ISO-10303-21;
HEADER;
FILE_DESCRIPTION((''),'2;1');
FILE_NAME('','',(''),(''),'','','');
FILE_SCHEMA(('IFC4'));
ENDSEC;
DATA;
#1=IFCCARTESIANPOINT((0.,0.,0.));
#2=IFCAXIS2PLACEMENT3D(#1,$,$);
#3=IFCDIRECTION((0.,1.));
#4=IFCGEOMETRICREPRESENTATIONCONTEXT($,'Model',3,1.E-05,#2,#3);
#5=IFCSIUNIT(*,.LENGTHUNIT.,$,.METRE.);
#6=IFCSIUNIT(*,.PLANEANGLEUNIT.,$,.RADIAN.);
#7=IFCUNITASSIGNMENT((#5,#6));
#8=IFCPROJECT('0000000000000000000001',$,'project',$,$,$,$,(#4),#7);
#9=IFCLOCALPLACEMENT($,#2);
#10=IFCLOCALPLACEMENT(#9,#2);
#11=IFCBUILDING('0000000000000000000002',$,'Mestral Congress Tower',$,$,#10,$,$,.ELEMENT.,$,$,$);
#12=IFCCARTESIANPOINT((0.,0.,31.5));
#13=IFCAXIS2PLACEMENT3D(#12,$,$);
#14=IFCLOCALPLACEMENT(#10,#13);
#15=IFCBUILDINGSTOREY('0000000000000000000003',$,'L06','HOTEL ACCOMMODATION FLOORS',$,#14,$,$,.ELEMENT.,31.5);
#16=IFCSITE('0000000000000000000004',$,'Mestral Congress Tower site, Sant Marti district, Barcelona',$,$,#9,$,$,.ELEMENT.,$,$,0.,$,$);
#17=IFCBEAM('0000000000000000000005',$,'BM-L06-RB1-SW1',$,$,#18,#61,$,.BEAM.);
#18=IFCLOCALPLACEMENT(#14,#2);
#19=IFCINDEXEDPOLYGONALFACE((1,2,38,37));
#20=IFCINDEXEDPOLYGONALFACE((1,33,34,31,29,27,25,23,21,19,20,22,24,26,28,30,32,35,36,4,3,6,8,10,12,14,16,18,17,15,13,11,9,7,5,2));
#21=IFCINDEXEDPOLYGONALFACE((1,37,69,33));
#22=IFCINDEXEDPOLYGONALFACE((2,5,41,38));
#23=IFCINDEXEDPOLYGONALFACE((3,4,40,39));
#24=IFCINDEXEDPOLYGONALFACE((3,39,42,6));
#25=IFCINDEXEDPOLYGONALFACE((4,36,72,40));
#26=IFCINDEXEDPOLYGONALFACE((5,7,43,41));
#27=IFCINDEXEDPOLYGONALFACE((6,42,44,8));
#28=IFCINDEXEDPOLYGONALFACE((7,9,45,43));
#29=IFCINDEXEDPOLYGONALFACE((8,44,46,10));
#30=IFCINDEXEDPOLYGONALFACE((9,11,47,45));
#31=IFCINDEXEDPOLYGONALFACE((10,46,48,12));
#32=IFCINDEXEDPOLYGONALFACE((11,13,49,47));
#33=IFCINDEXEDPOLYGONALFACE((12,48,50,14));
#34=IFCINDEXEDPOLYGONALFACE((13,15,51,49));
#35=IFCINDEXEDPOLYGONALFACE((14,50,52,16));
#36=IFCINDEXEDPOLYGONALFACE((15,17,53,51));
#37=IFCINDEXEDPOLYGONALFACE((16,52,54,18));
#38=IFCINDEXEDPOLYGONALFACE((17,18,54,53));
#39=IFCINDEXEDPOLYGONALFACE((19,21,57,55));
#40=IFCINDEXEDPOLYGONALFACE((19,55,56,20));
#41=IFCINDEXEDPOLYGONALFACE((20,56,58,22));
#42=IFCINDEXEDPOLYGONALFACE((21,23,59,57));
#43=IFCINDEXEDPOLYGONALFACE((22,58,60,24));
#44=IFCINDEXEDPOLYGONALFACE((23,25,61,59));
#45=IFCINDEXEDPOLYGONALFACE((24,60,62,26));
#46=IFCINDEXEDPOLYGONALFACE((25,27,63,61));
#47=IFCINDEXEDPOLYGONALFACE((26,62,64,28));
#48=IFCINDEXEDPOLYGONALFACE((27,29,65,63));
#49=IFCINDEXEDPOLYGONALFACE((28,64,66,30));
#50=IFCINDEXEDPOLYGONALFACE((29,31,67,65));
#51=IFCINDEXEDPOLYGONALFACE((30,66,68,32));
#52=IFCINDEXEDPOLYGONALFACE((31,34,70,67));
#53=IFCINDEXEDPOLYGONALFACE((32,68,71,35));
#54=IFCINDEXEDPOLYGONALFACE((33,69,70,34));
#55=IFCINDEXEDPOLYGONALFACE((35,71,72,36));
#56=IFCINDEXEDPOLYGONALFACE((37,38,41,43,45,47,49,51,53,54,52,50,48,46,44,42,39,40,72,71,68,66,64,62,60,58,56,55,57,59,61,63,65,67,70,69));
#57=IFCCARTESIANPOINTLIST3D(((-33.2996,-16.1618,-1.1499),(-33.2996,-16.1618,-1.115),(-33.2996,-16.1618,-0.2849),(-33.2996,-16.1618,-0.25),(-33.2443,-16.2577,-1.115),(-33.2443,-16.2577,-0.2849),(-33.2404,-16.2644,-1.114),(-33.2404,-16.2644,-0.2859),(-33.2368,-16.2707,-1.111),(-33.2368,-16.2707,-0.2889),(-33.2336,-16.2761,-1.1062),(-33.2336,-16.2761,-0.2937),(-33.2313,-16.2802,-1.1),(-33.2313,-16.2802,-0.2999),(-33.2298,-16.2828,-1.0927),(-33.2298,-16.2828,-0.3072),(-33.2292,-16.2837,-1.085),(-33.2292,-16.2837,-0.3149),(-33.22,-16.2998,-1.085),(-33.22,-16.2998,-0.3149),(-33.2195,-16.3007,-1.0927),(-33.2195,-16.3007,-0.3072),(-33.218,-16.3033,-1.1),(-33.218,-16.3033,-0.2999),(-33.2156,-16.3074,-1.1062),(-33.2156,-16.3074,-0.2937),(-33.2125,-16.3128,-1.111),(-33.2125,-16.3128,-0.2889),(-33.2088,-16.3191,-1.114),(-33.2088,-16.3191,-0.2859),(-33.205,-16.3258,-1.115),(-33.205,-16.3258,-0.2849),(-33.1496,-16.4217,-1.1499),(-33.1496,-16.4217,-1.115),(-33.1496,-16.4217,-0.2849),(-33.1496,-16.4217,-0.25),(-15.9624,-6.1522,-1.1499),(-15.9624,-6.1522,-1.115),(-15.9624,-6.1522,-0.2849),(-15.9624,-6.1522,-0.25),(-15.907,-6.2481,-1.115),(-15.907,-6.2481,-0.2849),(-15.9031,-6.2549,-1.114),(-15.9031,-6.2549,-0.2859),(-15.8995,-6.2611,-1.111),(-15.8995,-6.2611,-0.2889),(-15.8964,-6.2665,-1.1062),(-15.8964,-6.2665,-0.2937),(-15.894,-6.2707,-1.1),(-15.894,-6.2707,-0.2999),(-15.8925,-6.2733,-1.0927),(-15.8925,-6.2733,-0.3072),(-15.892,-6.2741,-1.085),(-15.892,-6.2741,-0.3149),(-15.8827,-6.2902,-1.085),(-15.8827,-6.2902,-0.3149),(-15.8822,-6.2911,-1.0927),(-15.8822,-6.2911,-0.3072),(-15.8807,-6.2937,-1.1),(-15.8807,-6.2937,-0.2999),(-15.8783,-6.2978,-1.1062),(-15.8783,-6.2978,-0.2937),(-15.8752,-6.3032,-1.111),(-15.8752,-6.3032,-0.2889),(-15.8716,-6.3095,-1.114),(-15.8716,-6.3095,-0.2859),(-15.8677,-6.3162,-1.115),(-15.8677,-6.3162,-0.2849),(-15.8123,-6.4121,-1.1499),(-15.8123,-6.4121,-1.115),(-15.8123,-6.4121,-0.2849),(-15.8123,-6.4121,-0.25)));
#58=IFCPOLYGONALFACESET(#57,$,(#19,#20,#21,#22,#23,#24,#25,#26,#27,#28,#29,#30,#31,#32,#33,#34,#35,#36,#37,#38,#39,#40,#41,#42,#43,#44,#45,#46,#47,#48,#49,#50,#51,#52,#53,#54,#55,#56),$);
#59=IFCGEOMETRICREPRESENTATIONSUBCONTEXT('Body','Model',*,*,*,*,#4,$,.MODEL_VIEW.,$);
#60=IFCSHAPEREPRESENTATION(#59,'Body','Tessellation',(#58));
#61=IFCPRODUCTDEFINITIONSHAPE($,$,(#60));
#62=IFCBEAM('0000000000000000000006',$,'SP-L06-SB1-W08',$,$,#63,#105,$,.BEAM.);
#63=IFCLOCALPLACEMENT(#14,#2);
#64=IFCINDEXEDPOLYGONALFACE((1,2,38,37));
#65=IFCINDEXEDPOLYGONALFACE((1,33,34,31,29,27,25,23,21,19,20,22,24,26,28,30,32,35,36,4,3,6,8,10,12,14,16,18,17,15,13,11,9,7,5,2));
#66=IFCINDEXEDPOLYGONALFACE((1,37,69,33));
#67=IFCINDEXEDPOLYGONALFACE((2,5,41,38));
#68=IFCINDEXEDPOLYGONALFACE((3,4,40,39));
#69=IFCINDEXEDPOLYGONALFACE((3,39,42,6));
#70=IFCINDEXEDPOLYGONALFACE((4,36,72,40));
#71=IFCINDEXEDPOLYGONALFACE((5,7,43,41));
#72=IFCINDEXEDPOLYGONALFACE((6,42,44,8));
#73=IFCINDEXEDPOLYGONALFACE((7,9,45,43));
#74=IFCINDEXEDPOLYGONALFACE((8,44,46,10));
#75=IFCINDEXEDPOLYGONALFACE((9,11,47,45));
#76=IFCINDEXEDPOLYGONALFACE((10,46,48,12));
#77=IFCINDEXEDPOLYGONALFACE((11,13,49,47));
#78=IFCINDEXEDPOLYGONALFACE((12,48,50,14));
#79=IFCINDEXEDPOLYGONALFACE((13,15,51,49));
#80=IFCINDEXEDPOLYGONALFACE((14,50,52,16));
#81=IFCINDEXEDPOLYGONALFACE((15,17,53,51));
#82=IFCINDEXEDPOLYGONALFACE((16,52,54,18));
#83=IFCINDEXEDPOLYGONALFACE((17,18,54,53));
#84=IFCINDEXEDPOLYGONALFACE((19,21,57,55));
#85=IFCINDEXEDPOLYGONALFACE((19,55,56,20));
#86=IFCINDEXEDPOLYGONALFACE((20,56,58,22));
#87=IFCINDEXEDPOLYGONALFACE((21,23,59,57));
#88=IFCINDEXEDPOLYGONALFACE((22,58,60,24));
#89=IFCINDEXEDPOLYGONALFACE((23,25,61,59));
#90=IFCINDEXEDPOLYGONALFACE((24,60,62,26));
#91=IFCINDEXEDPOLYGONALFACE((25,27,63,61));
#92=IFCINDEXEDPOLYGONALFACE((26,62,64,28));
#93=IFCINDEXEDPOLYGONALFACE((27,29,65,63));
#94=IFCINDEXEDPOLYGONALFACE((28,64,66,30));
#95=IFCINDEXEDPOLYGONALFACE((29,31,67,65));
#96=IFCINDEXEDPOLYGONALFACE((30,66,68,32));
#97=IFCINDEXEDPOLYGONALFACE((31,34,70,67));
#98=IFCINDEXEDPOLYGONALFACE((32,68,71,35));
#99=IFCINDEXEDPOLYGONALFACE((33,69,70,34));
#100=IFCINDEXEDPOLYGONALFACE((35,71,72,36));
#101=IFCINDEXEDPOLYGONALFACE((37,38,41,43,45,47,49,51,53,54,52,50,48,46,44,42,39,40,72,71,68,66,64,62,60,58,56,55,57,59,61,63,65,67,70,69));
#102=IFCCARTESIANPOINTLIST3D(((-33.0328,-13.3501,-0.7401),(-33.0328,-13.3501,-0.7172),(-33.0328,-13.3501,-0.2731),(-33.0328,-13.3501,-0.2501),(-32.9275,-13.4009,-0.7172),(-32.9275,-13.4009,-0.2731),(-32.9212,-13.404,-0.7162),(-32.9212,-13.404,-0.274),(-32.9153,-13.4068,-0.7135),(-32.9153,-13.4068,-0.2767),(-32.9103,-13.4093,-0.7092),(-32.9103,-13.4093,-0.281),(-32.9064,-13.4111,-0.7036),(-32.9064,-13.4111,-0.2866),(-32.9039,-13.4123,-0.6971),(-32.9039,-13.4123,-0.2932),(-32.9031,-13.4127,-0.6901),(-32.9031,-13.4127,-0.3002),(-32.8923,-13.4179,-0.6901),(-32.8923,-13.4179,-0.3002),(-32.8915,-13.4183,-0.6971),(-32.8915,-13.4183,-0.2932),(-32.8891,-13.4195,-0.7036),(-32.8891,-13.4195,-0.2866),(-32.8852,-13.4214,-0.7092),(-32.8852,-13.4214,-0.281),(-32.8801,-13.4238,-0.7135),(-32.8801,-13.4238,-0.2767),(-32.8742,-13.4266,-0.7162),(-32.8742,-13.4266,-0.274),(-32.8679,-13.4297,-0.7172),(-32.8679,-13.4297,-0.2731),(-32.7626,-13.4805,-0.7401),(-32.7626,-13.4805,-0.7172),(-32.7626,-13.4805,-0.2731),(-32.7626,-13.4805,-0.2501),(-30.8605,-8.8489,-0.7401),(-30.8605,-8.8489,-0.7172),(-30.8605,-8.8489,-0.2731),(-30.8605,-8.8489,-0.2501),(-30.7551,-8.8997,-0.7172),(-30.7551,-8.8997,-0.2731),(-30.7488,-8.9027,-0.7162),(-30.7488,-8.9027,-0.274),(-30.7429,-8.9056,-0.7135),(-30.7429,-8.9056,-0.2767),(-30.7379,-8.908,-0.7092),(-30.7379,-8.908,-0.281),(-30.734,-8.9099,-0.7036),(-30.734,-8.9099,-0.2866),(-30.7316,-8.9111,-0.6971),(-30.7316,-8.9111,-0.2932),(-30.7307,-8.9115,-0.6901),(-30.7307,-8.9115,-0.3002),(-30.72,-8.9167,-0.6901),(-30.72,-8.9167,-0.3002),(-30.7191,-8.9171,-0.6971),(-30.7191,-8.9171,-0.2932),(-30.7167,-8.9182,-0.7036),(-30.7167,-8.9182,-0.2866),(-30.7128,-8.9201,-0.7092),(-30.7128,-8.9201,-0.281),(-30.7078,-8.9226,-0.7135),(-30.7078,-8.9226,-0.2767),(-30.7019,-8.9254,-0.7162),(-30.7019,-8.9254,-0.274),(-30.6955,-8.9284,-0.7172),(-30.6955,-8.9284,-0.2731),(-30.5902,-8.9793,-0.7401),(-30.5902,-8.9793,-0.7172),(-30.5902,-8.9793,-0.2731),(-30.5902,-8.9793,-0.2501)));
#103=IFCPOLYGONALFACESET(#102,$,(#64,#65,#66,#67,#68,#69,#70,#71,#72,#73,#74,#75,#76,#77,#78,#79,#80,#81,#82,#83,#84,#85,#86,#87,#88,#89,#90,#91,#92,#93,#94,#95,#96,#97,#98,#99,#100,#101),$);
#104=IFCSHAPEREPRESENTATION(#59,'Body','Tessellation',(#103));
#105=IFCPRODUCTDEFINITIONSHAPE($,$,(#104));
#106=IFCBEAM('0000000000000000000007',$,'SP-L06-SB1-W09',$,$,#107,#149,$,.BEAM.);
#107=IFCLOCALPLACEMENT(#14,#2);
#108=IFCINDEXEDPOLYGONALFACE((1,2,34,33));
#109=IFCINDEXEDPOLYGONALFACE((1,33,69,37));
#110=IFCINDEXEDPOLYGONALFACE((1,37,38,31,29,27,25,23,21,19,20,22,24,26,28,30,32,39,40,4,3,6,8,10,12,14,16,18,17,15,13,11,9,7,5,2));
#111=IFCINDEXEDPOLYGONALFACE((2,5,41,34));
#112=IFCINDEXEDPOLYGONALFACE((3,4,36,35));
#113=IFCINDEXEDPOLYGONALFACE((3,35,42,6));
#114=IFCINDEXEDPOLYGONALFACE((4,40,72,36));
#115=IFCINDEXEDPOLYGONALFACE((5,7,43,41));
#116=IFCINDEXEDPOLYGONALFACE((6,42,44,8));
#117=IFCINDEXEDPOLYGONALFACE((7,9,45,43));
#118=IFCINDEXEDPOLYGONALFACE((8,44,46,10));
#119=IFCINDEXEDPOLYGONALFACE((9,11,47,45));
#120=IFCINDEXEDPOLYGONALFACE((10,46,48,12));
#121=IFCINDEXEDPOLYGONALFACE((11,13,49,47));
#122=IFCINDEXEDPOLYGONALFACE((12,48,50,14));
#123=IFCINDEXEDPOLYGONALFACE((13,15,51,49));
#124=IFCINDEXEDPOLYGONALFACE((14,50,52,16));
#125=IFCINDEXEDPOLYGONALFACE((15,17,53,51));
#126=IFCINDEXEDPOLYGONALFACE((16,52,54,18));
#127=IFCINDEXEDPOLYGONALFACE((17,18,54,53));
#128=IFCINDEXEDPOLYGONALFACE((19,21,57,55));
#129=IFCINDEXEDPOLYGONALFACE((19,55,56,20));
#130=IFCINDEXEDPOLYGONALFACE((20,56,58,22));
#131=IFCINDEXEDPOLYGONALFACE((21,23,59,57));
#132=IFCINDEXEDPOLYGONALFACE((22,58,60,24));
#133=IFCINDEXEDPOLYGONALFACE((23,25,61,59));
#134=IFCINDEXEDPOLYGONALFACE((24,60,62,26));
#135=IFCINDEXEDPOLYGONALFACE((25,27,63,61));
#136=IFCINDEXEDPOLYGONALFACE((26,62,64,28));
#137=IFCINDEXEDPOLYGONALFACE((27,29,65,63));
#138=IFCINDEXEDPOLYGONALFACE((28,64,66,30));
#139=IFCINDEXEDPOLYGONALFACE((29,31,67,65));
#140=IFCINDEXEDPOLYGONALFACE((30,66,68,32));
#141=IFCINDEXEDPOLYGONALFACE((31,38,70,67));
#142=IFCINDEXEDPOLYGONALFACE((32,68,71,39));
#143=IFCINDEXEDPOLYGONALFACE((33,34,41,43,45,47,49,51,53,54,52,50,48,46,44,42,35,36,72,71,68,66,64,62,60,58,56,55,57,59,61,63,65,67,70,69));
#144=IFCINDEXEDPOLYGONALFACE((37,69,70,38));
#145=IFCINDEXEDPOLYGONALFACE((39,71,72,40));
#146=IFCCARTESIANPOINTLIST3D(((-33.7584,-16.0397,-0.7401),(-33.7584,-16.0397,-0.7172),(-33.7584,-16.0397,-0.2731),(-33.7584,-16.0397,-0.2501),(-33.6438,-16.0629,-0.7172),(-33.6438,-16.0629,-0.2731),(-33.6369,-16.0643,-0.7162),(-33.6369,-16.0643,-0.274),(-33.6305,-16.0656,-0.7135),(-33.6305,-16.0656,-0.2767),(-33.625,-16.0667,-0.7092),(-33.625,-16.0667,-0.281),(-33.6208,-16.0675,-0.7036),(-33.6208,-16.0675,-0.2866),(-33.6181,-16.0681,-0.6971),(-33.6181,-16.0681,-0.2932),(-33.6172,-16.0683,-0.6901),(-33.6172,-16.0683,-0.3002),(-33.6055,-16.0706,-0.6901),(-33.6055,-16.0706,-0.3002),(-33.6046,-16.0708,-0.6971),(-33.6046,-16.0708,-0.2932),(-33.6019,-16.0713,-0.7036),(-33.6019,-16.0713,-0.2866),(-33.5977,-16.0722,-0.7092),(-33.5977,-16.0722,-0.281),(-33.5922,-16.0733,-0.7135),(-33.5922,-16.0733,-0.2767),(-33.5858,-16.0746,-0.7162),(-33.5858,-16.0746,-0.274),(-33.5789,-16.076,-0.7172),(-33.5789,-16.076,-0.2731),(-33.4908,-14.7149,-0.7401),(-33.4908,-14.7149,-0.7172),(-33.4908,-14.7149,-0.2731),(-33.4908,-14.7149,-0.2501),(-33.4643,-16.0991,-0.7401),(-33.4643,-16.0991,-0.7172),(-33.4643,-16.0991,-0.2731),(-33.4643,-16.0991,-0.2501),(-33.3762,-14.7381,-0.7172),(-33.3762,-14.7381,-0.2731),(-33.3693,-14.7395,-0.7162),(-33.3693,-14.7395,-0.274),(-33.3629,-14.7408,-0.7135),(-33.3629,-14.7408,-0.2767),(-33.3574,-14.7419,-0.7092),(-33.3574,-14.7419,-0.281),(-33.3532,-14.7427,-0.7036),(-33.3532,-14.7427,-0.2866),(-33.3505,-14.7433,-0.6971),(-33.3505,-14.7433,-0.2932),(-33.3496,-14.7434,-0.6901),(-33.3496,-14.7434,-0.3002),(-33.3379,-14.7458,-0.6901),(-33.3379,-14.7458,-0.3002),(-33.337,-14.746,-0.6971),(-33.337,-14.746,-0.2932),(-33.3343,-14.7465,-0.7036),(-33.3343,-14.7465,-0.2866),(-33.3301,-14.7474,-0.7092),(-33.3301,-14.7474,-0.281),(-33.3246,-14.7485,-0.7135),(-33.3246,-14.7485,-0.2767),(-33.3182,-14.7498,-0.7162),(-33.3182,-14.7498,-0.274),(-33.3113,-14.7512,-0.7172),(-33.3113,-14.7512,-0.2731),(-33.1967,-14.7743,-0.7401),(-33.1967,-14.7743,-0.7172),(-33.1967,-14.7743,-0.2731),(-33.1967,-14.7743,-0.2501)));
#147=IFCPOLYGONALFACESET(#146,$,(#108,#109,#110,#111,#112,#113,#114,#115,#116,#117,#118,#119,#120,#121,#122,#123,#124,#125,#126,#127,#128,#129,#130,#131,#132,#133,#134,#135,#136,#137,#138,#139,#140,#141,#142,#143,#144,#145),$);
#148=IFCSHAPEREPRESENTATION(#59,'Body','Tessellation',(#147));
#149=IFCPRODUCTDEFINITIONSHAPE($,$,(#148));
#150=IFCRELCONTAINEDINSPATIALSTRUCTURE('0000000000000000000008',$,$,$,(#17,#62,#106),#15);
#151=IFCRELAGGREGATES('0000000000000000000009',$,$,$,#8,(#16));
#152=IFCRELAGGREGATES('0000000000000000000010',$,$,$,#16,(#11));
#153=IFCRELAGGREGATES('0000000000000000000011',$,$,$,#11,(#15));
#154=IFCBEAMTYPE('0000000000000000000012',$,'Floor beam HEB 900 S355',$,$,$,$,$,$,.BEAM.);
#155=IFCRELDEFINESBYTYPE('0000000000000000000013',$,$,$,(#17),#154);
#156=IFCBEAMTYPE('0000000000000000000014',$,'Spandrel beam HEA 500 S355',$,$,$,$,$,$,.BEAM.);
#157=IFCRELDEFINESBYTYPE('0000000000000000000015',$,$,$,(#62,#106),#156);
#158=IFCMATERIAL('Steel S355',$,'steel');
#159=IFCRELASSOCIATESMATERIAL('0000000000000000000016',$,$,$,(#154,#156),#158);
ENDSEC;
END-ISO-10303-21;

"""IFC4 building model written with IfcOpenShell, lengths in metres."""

from ifc_helpers import new_model, si_unit, direction, frame, origin, origin_2d, place, context, subcontext, project, spatial, i_section, extrude, material, material_profile, profile_set, type_object, element, save


model = new_model("IFC4")

# Units and contexts
model_context = context("Model", 3, precision=1e-05, world=origin(), true_north=direction((0.0, 1.0)))
body_context = subcontext(model_context, "Body", "Model", "MODEL_VIEW")
ifc_project = project(units=[si_unit("LENGTHUNIT", "METRE"), si_unit("PLANEANGLEUNIT", "RADIAN")], contexts=[model_context])

# Site, building, storey
site_placement = place(None, origin())
site = spatial("IfcSite", under=ifc_project, at=site_placement, Name="Mestral Congress Tower site, Sant Marti district, Barcelona", CompositionType="ELEMENT", RefElevation=0.0)
building_placement = place(site_placement, origin())
building = spatial("IfcBuilding", under=site, at=building_placement, Name="Mestral Congress Tower", CompositionType="ELEMENT")
storey_placement = place(building_placement, frame((0.0, 0.0, 31.5)))
storey = spatial("IfcBuildingStorey", under=building, at=storey_placement, Name="L06", Description="HOTEL ACCOMMODATION FLOORS", CompositionType="ELEMENT", Elevation=31.5)

# Beams
ifc_material_1 = material(Name="Steel S355", Category="steel")
ifc_material_profile_1 = material_profile(ifc_material_1, i_section(OverallWidth=0.3, OverallDepth=0.8999, WebThickness=0.0186, FlangeThickness=0.0349, FilletRadius=0.03, at=origin_2d()), Name="HEB 900")
ifc_profile_set_1 = profile_set([ifc_material_profile_1], Name="Steel S355")
beam_type_1 = type_object("IfcBeamType", Name="Floor beam HEB 900 S355", PredefinedType="BEAM", material=ifc_profile_set_1)
beam_1_placement = place(storey_placement, frame((-33.2246, -16.2917, -0.7), z_axis=(0.866027, 0.499997, 0.0), x_axis=(-0.499997, 0.866027, 0.0)))
element("IfcBeam", 1, at=beam_1_placement, inside=storey, type_object=beam_type_1, Name="BM-L06-RB1-SW1", PredefinedType="BEAM", context=body_context, shape_type="SweptSolid", body=[
    extrude(i_section(OverallWidth=0.3, OverallDepth=0.8999, WebThickness=0.0186, FlangeThickness=0.0349, FilletRadius=0.03, at=origin_2d()), origin(), (0.0, 0.0, 1.0), 20.0193),
])
ifc_material_profile_2 = material_profile(ifc_material_1, i_section(OverallWidth=0.3, OverallDepth=0.49, WebThickness=0.012, FlangeThickness=0.0229, FilletRadius=0.0271, at=origin_2d()), Name="HEA 500")
ifc_profile_set_2 = profile_set([ifc_material_profile_2], Name="Steel S355")
beam_type_2 = type_object("IfcBeamType", Name="Spandrel beam HEA 500 S355", PredefinedType="BEAM", material=ifc_profile_set_2)
beam_2_placement = place(storey_placement, frame((-30.7253, -8.9141, -0.4951), z_axis=(-0.434645, -0.900602, 0.0), x_axis=(0.900602, -0.434645, 0.0)))
element("IfcBeam", 2, at=beam_2_placement, inside=storey, type_object=beam_type_2, Name="SP-L06-SB1-W08", PredefinedType="BEAM", context=body_context, shape_type="SweptSolid", body=[
    extrude(i_section(OverallWidth=0.3, OverallDepth=0.49, WebThickness=0.012, FlangeThickness=0.0229, FilletRadius=0.0271, at=origin_2d()), origin(), (0.0, 0.0, 1.0), 4.998),
])
beam_3_placement = place(storey_placement, frame((-33.3438, -14.7446, -0.4951), z_axis=(-0.197992, -0.980204, 0.0), x_axis=(0.980204, -0.197992, 0.0)))
element("IfcBeam", 3, at=beam_3_placement, inside=storey, type_object=beam_type_2, Name="SP-L06-SB1-W09", PredefinedType="BEAM", context=body_context, shape_type="SweptSolid", body=[
    extrude(i_section(OverallWidth=0.3, OverallDepth=0.49, WebThickness=0.012, FlangeThickness=0.0229, FilletRadius=0.0271, at=origin_2d()), origin(), (0.0, 0.0, 1.0), 1.3516),
])

save(model, "model.ifc")
